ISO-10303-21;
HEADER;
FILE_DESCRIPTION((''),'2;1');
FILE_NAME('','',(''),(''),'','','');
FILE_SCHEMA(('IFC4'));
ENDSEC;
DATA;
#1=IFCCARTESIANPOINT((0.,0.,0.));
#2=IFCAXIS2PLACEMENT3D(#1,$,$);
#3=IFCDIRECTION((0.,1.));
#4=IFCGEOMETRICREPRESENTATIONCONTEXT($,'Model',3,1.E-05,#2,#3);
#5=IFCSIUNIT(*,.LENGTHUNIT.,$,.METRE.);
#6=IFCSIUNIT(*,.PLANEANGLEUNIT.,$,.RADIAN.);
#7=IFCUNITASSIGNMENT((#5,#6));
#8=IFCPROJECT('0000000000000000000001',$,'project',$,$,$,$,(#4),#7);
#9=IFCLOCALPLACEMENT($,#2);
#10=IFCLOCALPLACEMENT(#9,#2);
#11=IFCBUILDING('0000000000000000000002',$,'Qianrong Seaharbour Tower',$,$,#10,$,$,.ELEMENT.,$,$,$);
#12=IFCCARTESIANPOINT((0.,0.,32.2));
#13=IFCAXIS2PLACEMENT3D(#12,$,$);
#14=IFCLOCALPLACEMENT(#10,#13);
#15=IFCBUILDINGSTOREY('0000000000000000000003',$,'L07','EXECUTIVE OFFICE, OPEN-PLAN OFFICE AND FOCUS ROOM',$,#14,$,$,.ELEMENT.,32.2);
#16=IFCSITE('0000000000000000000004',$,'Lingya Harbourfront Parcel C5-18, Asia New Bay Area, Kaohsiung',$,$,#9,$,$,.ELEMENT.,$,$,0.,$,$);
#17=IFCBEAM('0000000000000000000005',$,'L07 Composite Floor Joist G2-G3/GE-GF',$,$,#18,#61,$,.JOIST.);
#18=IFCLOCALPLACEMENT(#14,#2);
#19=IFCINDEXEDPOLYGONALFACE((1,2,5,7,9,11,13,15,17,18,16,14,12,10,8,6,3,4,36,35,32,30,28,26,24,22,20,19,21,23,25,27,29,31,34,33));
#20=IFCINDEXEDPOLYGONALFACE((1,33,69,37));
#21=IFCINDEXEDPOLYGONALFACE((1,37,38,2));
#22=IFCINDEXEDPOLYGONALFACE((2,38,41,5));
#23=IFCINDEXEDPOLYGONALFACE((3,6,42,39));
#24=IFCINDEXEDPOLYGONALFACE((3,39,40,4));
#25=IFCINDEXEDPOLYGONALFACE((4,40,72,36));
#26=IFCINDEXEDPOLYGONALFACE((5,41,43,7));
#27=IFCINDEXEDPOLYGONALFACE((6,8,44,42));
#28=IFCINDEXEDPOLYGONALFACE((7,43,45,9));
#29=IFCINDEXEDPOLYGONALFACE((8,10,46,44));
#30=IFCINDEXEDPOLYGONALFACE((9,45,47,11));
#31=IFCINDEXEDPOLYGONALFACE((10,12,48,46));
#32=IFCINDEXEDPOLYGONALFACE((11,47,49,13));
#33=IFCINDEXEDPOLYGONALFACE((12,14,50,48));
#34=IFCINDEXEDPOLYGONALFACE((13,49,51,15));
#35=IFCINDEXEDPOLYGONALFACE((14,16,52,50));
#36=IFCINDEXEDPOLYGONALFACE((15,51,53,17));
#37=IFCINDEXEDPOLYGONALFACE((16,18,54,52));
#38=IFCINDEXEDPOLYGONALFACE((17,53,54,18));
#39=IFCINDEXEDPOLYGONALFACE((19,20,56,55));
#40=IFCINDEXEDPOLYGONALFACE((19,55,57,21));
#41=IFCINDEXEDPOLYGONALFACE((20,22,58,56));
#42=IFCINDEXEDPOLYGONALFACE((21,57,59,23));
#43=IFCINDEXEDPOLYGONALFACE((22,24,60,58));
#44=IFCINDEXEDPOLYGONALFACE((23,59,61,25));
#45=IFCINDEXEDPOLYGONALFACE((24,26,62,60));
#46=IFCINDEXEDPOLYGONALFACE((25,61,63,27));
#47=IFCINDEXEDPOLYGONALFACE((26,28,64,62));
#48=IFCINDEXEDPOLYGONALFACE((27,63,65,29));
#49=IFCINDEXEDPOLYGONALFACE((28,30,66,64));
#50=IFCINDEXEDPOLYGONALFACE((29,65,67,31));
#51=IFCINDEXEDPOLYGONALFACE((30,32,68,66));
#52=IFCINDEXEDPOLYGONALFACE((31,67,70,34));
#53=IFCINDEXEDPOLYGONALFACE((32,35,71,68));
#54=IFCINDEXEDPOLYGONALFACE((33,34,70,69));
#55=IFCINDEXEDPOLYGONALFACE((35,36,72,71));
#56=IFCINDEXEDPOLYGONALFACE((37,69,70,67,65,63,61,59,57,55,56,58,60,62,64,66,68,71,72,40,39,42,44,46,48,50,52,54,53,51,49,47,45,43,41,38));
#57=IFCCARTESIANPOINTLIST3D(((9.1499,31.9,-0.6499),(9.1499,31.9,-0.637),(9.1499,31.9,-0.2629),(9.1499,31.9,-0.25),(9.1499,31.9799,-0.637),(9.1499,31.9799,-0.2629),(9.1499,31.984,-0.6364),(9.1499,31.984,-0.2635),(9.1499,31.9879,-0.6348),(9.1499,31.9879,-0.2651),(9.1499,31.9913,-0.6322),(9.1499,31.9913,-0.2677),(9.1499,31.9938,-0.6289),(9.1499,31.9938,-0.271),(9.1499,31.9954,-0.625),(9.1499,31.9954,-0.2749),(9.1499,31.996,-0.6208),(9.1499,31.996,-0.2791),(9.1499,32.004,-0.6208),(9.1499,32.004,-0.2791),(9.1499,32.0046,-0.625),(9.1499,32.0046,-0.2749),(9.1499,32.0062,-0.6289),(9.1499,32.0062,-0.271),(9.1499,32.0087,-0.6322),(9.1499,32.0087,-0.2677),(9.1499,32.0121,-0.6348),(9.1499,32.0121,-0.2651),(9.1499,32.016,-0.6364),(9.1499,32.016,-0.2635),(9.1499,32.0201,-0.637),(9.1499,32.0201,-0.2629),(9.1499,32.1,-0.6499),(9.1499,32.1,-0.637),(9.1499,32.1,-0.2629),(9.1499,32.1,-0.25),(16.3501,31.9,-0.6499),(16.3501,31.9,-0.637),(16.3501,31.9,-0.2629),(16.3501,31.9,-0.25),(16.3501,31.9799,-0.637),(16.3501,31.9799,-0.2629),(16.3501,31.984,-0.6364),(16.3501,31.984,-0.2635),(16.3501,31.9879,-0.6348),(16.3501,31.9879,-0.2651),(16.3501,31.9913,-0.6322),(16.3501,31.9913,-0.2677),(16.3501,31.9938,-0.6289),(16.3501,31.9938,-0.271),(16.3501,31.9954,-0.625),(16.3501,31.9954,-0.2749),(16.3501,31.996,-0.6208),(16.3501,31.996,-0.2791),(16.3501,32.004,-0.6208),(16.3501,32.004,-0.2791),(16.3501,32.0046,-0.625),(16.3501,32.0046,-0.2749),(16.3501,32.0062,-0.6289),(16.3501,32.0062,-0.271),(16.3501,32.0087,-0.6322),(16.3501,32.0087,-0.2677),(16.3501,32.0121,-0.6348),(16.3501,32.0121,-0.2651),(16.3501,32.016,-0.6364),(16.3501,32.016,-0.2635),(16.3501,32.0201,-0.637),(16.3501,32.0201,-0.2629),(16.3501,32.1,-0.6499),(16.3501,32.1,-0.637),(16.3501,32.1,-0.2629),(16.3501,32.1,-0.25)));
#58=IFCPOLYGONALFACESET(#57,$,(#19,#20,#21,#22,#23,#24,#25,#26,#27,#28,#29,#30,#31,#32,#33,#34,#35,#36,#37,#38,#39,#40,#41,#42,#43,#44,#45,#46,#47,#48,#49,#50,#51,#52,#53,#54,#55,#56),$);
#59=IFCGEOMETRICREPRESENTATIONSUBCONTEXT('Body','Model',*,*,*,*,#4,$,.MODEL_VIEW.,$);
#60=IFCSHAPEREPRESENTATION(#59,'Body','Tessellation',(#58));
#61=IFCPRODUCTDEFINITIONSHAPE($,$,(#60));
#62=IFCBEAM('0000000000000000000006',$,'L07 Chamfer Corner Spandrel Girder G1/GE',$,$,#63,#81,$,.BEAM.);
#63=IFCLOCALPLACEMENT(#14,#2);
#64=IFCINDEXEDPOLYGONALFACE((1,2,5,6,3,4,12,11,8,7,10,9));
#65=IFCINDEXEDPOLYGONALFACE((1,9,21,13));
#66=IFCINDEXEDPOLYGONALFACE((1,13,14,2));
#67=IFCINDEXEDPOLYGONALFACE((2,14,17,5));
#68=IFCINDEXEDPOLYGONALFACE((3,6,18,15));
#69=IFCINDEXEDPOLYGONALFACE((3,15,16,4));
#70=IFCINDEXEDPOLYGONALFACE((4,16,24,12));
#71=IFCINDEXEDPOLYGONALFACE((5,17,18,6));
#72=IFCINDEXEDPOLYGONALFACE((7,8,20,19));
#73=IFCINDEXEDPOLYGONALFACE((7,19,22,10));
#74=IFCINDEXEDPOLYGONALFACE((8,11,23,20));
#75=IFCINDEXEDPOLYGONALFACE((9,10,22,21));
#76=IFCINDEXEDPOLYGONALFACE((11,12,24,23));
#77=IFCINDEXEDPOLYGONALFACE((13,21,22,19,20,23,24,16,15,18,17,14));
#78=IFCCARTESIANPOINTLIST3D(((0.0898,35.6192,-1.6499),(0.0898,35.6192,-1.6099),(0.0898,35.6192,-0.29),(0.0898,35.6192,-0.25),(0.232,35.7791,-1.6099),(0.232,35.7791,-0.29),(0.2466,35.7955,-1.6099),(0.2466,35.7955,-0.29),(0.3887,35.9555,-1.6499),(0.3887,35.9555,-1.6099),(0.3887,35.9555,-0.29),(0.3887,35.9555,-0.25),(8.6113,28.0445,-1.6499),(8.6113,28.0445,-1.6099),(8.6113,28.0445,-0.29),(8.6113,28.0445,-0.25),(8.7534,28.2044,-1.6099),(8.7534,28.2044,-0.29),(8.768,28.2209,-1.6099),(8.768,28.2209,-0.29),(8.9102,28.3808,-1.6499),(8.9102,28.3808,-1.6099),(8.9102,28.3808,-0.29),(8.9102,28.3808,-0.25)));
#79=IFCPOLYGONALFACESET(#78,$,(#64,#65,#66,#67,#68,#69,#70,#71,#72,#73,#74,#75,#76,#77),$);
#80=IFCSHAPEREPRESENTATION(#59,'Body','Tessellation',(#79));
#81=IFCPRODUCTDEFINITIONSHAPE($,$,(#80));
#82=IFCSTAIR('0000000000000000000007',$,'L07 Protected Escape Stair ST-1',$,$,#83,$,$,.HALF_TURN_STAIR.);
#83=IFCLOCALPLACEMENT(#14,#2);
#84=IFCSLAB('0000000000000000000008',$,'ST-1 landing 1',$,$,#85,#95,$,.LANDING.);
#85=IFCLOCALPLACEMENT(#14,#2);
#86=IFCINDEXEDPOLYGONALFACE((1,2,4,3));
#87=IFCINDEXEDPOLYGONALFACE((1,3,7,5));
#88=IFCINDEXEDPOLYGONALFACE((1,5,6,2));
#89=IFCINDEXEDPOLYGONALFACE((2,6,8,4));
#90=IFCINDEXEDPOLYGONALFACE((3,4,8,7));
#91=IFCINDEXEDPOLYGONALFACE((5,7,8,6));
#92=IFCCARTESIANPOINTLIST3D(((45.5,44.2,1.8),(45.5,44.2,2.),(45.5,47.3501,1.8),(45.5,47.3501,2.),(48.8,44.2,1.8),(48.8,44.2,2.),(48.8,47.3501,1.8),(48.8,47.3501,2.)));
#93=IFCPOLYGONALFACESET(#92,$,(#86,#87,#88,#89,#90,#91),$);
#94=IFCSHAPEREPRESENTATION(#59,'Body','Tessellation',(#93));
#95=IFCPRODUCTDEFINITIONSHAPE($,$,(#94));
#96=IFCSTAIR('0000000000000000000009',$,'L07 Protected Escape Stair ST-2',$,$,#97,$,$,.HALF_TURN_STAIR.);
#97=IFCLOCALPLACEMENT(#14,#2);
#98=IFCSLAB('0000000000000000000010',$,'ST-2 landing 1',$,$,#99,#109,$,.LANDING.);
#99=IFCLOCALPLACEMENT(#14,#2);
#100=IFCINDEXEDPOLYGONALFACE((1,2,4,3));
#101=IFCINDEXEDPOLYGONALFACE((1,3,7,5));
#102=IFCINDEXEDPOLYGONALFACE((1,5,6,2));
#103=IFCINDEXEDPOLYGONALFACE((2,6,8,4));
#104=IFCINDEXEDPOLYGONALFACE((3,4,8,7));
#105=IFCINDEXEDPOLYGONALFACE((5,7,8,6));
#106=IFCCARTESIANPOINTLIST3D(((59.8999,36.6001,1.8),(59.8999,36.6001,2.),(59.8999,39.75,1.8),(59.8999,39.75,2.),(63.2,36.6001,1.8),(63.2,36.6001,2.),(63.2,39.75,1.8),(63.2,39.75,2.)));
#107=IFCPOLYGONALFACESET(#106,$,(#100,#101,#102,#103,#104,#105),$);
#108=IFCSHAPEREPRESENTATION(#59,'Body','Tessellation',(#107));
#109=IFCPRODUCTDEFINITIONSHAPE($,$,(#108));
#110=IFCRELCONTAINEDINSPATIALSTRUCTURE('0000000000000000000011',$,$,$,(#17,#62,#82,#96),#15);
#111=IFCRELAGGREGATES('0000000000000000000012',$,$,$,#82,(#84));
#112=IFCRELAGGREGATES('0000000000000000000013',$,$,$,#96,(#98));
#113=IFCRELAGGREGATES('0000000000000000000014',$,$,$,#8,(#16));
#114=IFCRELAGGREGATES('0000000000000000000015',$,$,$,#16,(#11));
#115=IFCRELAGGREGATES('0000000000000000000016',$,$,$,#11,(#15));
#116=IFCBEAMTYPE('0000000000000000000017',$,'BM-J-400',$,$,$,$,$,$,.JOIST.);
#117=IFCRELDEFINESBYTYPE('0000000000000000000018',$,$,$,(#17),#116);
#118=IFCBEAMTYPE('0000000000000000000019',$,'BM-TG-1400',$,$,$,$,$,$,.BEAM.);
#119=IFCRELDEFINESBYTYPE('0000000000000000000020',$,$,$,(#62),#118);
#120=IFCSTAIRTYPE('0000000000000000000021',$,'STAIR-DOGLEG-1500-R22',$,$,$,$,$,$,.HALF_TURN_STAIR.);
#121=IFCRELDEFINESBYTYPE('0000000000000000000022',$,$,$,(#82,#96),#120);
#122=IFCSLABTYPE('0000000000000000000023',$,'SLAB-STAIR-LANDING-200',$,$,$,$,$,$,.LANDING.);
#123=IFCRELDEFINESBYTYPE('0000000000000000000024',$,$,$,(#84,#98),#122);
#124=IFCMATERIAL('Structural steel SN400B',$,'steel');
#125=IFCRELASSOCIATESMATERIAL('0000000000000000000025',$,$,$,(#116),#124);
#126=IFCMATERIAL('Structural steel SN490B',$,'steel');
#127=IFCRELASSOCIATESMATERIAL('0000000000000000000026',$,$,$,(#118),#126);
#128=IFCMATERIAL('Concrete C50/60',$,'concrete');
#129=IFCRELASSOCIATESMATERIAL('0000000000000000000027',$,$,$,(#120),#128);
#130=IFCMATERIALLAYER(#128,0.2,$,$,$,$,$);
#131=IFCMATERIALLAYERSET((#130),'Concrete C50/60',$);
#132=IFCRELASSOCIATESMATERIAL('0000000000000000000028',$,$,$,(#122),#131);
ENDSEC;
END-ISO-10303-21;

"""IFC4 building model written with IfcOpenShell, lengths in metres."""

from ifc_helpers import new_model, si_unit, direction, frame, origin, origin_2d, place, context, subcontext, project, spatial, polyline, i_section, outline, extrude, material, layer, layer_set, material_profile, profile_set, type_object, element, aggregate, save


model = new_model("IFC4")

# Units and contexts
model_context = context("Model", 3, precision=1e-05, world=origin(), true_north=direction((0.0, 1.0)))
body_context = subcontext(model_context, "Body", "Model", "MODEL_VIEW")
ifc_project = project(units=[si_unit("LENGTHUNIT", "METRE"), si_unit("PLANEANGLEUNIT", "RADIAN")], contexts=[model_context])

# Site, building, storey
site_placement = place(None, origin())
site = spatial("IfcSite", under=ifc_project, at=site_placement, Name="Lingya Harbourfront Parcel C5-18, Asia New Bay Area, Kaohsiung", CompositionType="ELEMENT", RefElevation=0.0)
building_placement = place(site_placement, origin())
building = spatial("IfcBuilding", under=site, at=building_placement, Name="Qianrong Seaharbour Tower", CompositionType="ELEMENT")
storey_placement = place(building_placement, frame((0.0, 0.0, 32.2)))
storey = spatial("IfcBuildingStorey", under=building, at=storey_placement, Name="L07", Description="EXECUTIVE OFFICE, OPEN-PLAN OFFICE AND FOCUS ROOM", CompositionType="ELEMENT", Elevation=32.2)

# Shared definitions
ifc_material_1 = material(Name="Structural steel SN490B", Category="steel")

# Beams
ifc_material_2 = material(Name="Structural steel SN400B", Category="steel")
ifc_material_profile_1 = material_profile(ifc_material_2, i_section(OverallWidth=0.2, OverallDepth=0.3999, WebThickness=0.0081, FlangeThickness=0.0129, FilletRadius=0.0161, at=origin_2d()), Name="H400x200x8x13")
ifc_profile_set_1 = profile_set([ifc_material_profile_1], Name="Structural steel SN400B")
beam_type_1 = type_object("IfcBeamType", Name="BM-J-400", PredefinedType="JOIST", material=ifc_profile_set_1)
beam_1_placement = place(storey_placement, frame((9.1499, 32.0, -0.45), z_axis=(1.0, 0.0, 0.0), x_axis=(0.0, 1.0, 0.0)))
element("IfcBeam", 1, at=beam_1_placement, inside=storey, type_object=beam_type_1, Name="L07 Composite Floor Joist G2-G3/GE-GF", PredefinedType="JOIST", context=body_context, shape_type="SweptSolid", body=[
    extrude(i_section(OverallWidth=0.2, OverallDepth=0.3999, WebThickness=0.0081, FlangeThickness=0.0129, FilletRadius=0.0161, at=origin_2d()), origin(), (0.0, 0.0, 1.0), 7.2002),
])
ifc_material_profile_2 = material_profile(ifc_material_1, i_section(OverallWidth=0.45, OverallDepth=1.3999, WebThickness=0.022, FlangeThickness=0.04, at=origin_2d()), Name="BH1400x450x22x40")
ifc_profile_set_2 = profile_set([ifc_material_profile_2], Name="Structural steel SN490B")
beam_type_2 = type_object("IfcBeamType", Name="BM-TG-1400", PredefinedType="BEAM", material=ifc_profile_set_2)
beam_2_placement = place(storey_placement, frame((8.7607, 28.2126, -0.95), z_axis=(-0.747407, 0.664366, 0.0), x_axis=(-0.664366, -0.747407, 0.0)))
element("IfcBeam", 2, at=beam_2_placement, inside=storey, type_object=beam_type_2, Name="L07 Chamfer Corner Spandrel Girder G1/GE", PredefinedType="BEAM", context=body_context, shape_type="SweptSolid", body=[
    extrude(i_section(OverallWidth=0.45, OverallDepth=1.3999, WebThickness=0.022, FlangeThickness=0.04, at=origin_2d()), origin(), (0.0, 0.0, 1.0), 11.4014),
])

# Stairs, slabs
ifc_material_3 = material(Name="Concrete C50/60", Category="concrete")
stair_type = type_object("IfcStairType", Name="STAIR-DOGLEG-1500-R22", PredefinedType="HALF_TURN_STAIR", material=ifc_material_3)
stair_1_placement = place(storey_placement, origin())
stair_1 = element("IfcStair", 3, at=stair_1_placement, inside=storey, type_object=stair_type, Name="L07 Protected Escape Stair ST-1", PredefinedType="HALF_TURN_STAIR")
ifc_layer_1 = layer(ifc_material_3, 0.2)
ifc_layer_set_1 = layer_set([ifc_layer_1], Name="Concrete C50/60")
slab_type_1 = type_object("IfcSlabType", Name="SLAB-STAIR-LANDING-200", PredefinedType="LANDING", material=ifc_layer_set_1)
slab_1_placement = place(storey_placement, frame((0.0, 0.0, 1.8)))
slab_1 = element("IfcSlab", 4, at=slab_1_placement, type_object=slab_type_1, Name="ST-1 landing 1", PredefinedType="LANDING", context=body_context, shape_type="SweptSolid", body=[
    extrude(outline(polyline([(45.5, 44.2), (48.8, 44.2), (48.8, 47.3501), (45.5, 47.3501), (45.5, 44.2)])), origin(), (0.0, 0.0, 1.0), 0.2),
])
aggregate(stair_1, [slab_1])
stair_2_placement = place(storey_placement, origin())
stair_2 = element("IfcStair", 5, at=stair_2_placement, inside=storey, type_object=stair_type, Name="L07 Protected Escape Stair ST-2", PredefinedType="HALF_TURN_STAIR")
slab_2_placement = place(storey_placement, frame((0.0, 0.0, 1.8)))
slab_2 = element("IfcSlab", 6, at=slab_2_placement, type_object=slab_type_1, Name="ST-2 landing 1", PredefinedType="LANDING", context=body_context, shape_type="SweptSolid", body=[
    extrude(outline(polyline([(59.8999, 36.6001), (63.2, 36.6001), (63.2, 39.75), (59.8999, 39.75), (59.8999, 36.6001)])), origin(), (0.0, 0.0, 1.0), 0.2),
])
aggregate(stair_2, [slab_2])

save(model, "model.ifc")
